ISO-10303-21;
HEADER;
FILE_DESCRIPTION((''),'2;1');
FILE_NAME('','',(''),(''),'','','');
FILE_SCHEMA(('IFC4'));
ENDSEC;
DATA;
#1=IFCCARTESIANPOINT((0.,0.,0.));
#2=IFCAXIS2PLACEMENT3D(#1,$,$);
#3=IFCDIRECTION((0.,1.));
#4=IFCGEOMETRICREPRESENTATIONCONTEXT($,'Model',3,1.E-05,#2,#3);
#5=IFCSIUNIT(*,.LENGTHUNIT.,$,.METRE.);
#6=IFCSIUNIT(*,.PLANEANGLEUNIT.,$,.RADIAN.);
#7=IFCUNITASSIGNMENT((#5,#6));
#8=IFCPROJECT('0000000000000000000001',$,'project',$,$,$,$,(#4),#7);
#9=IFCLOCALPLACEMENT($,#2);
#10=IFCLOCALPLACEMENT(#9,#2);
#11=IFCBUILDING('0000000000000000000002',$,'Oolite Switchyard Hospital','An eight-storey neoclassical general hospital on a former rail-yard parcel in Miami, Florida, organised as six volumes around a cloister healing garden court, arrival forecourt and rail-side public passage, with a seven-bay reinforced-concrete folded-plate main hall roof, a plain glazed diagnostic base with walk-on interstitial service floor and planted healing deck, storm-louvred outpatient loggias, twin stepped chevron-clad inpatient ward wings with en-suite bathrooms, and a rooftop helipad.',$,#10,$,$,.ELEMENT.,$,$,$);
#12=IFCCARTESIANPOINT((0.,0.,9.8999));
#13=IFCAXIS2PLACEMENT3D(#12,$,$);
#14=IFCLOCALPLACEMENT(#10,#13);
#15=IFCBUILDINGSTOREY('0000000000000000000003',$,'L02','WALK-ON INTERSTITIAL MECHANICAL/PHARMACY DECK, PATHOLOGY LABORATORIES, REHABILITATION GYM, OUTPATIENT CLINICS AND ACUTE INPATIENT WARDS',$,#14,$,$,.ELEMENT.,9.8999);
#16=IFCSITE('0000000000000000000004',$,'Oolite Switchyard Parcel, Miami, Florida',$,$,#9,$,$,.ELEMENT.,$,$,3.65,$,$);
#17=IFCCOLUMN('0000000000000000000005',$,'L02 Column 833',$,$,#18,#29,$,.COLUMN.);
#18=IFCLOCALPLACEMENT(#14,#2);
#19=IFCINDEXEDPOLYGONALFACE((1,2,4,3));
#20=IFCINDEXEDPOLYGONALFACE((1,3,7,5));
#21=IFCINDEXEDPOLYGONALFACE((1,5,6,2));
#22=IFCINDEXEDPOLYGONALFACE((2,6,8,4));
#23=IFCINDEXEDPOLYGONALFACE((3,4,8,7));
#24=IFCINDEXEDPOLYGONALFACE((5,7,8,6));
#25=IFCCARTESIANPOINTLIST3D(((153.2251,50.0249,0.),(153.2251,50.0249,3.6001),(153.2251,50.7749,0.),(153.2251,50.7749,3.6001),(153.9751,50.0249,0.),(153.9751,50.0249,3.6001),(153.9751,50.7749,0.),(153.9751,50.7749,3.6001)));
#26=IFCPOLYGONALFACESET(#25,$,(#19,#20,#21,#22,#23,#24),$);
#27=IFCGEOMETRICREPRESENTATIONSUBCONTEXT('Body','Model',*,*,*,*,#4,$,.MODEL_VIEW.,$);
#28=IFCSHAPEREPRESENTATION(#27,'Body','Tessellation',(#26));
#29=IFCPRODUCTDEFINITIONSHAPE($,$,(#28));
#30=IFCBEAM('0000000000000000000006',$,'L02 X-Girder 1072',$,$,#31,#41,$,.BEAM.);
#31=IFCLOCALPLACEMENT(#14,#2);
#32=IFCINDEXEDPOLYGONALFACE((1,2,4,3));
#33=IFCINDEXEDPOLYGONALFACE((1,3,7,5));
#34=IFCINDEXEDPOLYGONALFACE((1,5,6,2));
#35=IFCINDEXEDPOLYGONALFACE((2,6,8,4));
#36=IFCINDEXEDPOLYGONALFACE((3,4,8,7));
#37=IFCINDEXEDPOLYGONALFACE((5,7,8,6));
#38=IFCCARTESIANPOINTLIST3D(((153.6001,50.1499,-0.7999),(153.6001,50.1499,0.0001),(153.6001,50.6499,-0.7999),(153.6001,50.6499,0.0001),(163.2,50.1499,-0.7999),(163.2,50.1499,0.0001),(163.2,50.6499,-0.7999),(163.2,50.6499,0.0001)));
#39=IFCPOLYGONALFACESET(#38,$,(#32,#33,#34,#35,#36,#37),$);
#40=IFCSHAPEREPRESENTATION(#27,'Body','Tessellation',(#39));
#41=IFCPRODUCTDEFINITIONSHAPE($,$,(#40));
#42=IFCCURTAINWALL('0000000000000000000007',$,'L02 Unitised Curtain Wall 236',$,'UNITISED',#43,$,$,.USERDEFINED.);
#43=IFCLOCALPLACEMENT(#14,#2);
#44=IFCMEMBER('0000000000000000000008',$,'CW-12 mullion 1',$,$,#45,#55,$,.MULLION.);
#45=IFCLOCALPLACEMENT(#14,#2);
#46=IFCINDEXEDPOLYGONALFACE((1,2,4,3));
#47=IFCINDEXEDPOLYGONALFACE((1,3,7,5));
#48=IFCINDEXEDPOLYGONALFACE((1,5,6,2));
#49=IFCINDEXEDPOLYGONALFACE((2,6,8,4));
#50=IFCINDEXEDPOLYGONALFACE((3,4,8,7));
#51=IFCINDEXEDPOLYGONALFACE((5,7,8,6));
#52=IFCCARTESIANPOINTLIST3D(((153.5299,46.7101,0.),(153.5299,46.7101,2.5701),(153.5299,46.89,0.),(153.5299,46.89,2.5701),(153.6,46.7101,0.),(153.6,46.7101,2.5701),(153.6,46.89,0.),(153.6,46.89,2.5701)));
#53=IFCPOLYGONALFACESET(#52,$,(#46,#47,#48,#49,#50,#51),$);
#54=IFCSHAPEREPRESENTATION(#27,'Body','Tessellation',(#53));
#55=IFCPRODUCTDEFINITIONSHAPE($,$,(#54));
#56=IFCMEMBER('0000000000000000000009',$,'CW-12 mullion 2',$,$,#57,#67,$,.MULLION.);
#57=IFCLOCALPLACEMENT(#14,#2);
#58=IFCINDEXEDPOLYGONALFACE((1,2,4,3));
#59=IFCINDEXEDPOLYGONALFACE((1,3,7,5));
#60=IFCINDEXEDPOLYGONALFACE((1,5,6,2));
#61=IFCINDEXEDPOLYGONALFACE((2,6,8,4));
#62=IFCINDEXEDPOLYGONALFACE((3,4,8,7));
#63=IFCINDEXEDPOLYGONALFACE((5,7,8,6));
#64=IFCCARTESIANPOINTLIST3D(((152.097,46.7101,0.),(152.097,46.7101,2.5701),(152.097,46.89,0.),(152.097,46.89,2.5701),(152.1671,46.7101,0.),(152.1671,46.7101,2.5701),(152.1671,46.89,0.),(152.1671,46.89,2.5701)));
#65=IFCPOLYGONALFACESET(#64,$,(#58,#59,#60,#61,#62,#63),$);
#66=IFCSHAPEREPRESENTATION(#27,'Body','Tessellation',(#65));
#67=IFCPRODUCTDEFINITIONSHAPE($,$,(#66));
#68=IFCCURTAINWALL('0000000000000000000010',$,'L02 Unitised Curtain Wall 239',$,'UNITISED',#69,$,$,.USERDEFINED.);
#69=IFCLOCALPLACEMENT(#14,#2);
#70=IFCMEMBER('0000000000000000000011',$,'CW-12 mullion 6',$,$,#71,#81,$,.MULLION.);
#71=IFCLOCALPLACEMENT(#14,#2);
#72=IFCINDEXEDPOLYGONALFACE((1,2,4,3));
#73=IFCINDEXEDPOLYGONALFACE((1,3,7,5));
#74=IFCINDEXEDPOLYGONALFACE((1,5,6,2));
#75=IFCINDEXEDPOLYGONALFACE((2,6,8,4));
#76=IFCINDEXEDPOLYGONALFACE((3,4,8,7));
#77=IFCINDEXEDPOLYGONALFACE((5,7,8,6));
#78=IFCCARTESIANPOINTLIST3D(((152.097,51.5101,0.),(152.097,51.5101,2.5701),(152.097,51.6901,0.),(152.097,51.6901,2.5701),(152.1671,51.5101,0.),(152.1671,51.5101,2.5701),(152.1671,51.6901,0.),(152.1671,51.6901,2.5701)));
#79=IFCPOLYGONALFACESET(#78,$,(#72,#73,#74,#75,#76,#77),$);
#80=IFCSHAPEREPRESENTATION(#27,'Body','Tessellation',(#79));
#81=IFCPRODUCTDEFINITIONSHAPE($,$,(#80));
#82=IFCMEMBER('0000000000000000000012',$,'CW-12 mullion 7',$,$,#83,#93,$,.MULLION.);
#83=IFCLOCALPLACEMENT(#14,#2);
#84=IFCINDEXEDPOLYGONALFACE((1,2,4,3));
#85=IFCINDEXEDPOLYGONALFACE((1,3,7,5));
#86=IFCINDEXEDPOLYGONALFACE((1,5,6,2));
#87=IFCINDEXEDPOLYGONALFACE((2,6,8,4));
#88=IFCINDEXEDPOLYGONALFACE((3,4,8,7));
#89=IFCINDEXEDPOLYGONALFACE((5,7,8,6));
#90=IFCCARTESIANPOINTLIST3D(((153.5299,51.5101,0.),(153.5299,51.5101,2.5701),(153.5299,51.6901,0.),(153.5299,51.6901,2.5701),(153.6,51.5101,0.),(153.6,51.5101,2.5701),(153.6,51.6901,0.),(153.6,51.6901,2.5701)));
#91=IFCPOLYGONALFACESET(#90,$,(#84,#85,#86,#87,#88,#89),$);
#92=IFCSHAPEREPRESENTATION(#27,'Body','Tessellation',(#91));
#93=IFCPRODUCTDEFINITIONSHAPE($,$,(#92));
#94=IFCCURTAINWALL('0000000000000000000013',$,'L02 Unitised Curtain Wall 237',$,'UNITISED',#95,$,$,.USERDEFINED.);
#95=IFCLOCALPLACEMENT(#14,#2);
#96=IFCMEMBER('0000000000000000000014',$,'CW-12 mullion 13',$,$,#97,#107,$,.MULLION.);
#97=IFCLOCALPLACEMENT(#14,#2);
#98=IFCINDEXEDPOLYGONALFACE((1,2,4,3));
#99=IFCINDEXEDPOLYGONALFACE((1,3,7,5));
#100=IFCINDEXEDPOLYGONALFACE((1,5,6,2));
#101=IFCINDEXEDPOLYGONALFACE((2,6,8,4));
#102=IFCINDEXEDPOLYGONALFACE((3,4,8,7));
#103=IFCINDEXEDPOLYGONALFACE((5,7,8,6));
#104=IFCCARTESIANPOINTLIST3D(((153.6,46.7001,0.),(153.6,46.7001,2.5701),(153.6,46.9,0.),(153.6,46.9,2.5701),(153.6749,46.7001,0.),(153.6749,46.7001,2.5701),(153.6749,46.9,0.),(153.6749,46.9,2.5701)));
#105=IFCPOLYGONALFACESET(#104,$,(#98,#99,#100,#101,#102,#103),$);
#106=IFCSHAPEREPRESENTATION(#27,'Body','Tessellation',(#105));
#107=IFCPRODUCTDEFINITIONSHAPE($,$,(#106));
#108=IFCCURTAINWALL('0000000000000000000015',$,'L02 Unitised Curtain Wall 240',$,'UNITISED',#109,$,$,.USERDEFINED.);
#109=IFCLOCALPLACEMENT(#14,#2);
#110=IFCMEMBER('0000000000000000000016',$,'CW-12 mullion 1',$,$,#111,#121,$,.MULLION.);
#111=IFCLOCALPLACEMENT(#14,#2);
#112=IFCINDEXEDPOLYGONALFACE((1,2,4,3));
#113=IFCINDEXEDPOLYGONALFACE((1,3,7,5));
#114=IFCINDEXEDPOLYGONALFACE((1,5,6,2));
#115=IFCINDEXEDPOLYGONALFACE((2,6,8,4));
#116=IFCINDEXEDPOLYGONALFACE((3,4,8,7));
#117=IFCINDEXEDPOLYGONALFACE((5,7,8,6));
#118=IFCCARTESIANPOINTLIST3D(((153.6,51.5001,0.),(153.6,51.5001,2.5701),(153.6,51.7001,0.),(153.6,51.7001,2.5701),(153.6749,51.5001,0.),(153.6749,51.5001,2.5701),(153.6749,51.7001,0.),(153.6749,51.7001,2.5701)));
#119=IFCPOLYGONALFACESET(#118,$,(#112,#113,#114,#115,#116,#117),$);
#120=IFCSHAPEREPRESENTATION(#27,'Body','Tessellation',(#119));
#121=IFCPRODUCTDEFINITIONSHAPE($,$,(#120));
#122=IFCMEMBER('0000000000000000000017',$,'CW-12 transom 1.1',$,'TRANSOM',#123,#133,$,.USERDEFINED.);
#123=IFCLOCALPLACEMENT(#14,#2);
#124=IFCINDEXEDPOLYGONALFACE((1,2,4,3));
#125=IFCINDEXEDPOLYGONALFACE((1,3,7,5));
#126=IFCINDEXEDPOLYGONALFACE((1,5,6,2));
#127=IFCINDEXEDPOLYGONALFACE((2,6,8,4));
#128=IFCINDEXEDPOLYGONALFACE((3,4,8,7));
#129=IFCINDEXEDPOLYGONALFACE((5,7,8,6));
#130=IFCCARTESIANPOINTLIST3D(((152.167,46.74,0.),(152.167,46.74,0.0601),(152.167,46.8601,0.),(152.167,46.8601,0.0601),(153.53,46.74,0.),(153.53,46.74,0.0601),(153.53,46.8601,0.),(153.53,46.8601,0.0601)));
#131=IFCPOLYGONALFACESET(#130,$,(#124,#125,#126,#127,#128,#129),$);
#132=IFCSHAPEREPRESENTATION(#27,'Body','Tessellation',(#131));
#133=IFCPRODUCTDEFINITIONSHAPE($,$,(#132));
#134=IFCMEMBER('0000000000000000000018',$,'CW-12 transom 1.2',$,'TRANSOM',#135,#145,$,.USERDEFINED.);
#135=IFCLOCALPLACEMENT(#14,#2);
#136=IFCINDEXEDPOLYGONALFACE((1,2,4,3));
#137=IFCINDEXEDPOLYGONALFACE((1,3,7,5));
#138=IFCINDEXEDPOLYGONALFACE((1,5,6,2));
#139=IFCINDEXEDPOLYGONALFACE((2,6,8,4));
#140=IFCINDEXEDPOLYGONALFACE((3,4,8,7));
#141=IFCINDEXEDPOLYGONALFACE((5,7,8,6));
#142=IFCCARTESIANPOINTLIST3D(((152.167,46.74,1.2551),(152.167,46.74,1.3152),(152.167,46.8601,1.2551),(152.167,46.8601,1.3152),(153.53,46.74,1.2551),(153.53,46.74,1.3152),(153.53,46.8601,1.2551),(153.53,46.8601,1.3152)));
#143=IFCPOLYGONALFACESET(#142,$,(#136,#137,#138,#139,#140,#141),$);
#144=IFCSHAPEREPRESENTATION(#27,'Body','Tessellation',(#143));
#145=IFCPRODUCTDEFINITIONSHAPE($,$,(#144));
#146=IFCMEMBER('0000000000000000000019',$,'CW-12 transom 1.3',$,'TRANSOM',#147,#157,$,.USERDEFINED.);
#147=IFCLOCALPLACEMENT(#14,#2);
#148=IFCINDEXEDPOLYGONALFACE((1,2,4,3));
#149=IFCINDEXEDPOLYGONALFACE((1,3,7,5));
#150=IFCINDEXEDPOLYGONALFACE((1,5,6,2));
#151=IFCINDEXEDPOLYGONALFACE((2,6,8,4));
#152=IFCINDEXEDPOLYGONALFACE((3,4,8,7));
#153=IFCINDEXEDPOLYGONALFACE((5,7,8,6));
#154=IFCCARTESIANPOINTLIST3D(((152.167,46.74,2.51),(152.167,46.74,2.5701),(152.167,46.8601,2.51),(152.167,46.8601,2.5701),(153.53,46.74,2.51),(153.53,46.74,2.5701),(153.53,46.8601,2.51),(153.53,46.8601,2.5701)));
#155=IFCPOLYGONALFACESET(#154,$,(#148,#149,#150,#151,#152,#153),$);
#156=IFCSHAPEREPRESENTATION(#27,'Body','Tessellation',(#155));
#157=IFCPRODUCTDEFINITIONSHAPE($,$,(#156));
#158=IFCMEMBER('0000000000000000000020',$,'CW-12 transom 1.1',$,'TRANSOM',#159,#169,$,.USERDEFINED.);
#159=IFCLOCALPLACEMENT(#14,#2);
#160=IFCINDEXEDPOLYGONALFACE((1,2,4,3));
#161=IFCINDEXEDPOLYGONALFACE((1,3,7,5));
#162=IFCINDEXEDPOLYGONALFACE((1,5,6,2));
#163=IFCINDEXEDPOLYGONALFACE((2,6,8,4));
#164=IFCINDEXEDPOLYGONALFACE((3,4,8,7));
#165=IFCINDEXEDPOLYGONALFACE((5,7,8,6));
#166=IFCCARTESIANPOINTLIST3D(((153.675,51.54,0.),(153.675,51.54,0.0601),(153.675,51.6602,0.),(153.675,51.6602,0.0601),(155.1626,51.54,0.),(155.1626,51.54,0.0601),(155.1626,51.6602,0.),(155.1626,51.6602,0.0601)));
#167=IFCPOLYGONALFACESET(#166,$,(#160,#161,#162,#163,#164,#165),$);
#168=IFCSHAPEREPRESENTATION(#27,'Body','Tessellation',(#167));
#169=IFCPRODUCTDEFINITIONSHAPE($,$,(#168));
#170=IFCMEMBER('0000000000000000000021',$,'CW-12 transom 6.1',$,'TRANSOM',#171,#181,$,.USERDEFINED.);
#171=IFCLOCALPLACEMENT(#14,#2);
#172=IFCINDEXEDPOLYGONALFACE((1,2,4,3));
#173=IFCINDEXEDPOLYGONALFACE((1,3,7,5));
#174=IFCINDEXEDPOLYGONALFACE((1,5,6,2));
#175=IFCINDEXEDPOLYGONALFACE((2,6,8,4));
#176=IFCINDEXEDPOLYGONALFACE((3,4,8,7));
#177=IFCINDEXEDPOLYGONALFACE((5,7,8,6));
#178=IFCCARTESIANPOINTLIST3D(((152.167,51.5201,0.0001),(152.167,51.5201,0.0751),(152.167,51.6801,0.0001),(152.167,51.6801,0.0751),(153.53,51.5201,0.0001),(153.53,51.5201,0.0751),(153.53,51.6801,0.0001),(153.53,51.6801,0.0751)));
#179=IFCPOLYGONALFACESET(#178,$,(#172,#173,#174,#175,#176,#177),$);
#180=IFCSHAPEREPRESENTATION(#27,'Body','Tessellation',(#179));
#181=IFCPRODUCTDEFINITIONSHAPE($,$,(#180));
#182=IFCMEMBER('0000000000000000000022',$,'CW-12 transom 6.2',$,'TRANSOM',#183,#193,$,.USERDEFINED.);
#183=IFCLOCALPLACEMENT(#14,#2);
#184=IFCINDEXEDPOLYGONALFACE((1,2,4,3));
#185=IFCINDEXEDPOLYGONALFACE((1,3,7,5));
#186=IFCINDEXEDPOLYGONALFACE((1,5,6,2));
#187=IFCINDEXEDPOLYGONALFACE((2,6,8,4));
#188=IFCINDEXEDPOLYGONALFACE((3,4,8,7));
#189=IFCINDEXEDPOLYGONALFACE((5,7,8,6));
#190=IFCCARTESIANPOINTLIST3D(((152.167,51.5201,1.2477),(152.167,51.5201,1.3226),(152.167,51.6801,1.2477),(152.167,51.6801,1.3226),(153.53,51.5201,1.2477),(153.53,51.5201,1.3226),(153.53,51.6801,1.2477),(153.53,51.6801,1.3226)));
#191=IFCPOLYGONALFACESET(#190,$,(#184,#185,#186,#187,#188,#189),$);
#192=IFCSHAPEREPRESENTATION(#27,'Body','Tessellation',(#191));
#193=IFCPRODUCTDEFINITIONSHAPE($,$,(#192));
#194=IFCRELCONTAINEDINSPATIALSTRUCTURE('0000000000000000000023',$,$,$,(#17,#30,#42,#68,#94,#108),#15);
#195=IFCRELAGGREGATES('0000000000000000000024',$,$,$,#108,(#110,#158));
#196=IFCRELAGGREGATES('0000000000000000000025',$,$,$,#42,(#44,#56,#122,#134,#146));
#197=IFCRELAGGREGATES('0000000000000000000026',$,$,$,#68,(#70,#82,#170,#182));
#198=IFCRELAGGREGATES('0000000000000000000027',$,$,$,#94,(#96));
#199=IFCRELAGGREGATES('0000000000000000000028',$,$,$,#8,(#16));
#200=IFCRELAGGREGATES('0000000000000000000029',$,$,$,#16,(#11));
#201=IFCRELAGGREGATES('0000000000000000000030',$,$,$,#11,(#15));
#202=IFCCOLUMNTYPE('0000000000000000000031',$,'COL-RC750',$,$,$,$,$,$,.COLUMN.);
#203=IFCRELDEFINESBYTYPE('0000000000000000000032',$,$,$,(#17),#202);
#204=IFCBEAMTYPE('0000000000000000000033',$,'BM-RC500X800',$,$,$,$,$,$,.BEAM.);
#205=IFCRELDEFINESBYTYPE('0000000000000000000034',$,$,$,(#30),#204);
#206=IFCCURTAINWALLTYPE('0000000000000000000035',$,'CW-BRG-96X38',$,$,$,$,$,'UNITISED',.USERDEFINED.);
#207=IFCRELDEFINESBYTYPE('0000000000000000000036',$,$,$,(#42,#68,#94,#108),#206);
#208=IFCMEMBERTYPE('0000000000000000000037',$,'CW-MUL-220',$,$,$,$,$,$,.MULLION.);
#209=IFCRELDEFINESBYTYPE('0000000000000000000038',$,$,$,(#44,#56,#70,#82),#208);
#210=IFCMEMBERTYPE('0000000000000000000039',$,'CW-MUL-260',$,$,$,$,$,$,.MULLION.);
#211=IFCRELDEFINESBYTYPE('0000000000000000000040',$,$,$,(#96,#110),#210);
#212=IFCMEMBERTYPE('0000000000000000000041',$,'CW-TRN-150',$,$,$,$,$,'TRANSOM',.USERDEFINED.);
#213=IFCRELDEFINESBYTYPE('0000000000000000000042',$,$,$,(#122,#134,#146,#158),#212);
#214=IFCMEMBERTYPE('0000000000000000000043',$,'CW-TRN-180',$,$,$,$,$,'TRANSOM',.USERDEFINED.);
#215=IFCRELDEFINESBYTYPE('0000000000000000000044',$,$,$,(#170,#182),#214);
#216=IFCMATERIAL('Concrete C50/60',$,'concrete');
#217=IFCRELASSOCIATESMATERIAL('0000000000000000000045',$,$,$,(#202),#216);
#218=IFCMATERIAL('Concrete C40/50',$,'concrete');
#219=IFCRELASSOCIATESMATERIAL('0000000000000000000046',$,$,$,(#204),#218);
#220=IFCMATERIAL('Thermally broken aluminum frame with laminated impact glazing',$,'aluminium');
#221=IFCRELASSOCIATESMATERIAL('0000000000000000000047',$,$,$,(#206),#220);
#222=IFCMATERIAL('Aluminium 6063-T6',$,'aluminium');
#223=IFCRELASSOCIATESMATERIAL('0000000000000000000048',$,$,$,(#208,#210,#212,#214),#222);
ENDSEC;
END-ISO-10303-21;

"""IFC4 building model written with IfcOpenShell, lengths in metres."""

from ifc_helpers import new_model, si_unit, direction, frame, origin, origin_2d, place, context, subcontext, project, spatial, rectangle, extrude, material, material_profile, profile_set, type_object, element, aggregate, save


model = new_model("IFC4")

# Units and contexts
model_context = context("Model", 3, precision=1e-05, world=origin(), true_north=direction((0.0, 1.0)))
body_context = subcontext(model_context, "Body", "Model", "MODEL_VIEW")
ifc_project = project(units=[si_unit("LENGTHUNIT", "METRE"), si_unit("PLANEANGLEUNIT", "RADIAN")], contexts=[model_context])

# Site, building, storey
site_placement = place(None, origin())
site = spatial("IfcSite", under=ifc_project, at=site_placement, Name="Oolite Switchyard Parcel, Miami, Florida", CompositionType="ELEMENT", RefElevation=3.65)
building_placement = place(site_placement, origin())
building = spatial("IfcBuilding", under=site, at=building_placement, Name="Oolite Switchyard Hospital", Description="An eight-storey neoclassical general hospital on a former rail-yard parcel in Miami, Florida, organised as six volumes around a cloister healing garden court, arrival forecourt and rail-side public passage, with a seven-bay reinforced-concrete folded-plate main hall roof, a plain glazed diagnostic base with walk-on interstitial service floor and planted healing deck, storm-louvred outpatient loggias, twin stepped chevron-clad inpatient ward wings with en-suite bathrooms, and a rooftop helipad.", CompositionType="ELEMENT")
storey_placement = place(building_placement, frame((0.0, 0.0, 9.8999)))
storey = spatial("IfcBuildingStorey", under=building, at=storey_placement, Name="L02", Description="WALK-ON INTERSTITIAL MECHANICAL/PHARMACY DECK, PATHOLOGY LABORATORIES, REHABILITATION GYM, OUTPATIENT CLINICS AND ACUTE INPATIENT WARDS", CompositionType="ELEMENT", Elevation=9.8999)

# Column
ifc_material_1 = material(Name="Concrete C50/60", Category="concrete")
ifc_material_profile_1 = material_profile(ifc_material_1, rectangle(XDim=0.75, YDim=0.75, at=origin_2d()), Name="RC750X750")
ifc_profile_set_1 = profile_set([ifc_material_profile_1], Name="Concrete C50/60")
column_type = type_object("IfcColumnType", Name="COL-RC750", PredefinedType="COLUMN", material=ifc_profile_set_1)
column_placement = place(storey_placement, frame((153.6001, 50.3999, 0.0), z_axis=(0.0, 0.0, 1.0), x_axis=(1.0, 0.0, 0.0)))
element("IfcColumn", 1, at=column_placement, inside=storey, type_object=column_type, Name="L02 Column 833", PredefinedType="COLUMN", context=body_context, shape_type="SweptSolid", body=[
    extrude(rectangle(XDim=0.75, YDim=0.75, at=origin_2d()), origin(), (0.0, 0.0, 1.0), 3.6001),
])

# Beam
ifc_material_2 = material(Name="Concrete C40/50", Category="concrete")
ifc_material_profile_2 = material_profile(ifc_material_2, rectangle(XDim=0.5, YDim=0.8, at=origin_2d()), Name="RCB500X800")
ifc_profile_set_2 = profile_set([ifc_material_profile_2], Name="Concrete C40/50")
beam_type = type_object("IfcBeamType", Name="BM-RC500X800", PredefinedType="BEAM", material=ifc_profile_set_2)
beam_placement = place(storey_placement, frame((153.6001, 50.3999, -0.3999), z_axis=(1.0, 0.0, 0.0), x_axis=(0.0, 1.0, 0.0)))
element("IfcBeam", 2, at=beam_placement, inside=storey, type_object=beam_type, Name="L02 X-Girder 1072", PredefinedType="BEAM", context=body_context, shape_type="SweptSolid", body=[
    extrude(rectangle(XDim=0.5, YDim=0.8, at=origin_2d()), origin(), (0.0, 0.0, 1.0), 9.5999),
])

# Curtain walls, members
ifc_material_3 = material(Name="Thermally broken aluminum frame with laminated impact glazing", Category="aluminium")
curtain_wall_type = type_object("IfcCurtainWallType", Name="CW-BRG-96X38", ElementType="UNITISED", PredefinedType="USERDEFINED", material=ifc_material_3)
curtain_wall_1_placement = place(storey_placement, origin())
curtain_wall_1 = element("IfcCurtainWall", 3, at=curtain_wall_1_placement, inside=storey, type_object=curtain_wall_type, Name="L02 Unitised Curtain Wall 236", ObjectType="UNITISED", PredefinedType="USERDEFINED")
ifc_material_4 = material(Name="Aluminium 6063-T6", Category="aluminium")
ifc_material_profile_3 = material_profile(ifc_material_4, rectangle(XDim=0.1799, YDim=0.0701, at=origin_2d()), Name="CWM70X180")
ifc_profile_set_3 = profile_set([ifc_material_profile_3], Name="Aluminium 6063-T6")
member_type_1 = type_object("IfcMemberType", Name="CW-MUL-220", PredefinedType="MULLION", material=ifc_profile_set_3)
member_1_placement = place(storey_placement, frame((153.5649, 46.8, 0.0), z_axis=(0.0, 0.0, 1.0), x_axis=(0.0, -1.0, 0.0)))
member_1 = element("IfcMember", 4, at=member_1_placement, type_object=member_type_1, Name="CW-12 mullion 1", PredefinedType="MULLION", context=body_context, shape_type="SweptSolid", body=[
    extrude(rectangle(XDim=0.1799, YDim=0.0701, at=origin_2d()), origin(), (0.0, 0.0, 1.0), 2.5701),
])
member_2_placement = place(storey_placement, frame((152.1321, 46.8, 0.0), z_axis=(0.0, 0.0, 1.0), x_axis=(0.0, -1.0, 0.0)))
member_2 = element("IfcMember", 5, at=member_2_placement, type_object=member_type_1, Name="CW-12 mullion 2", PredefinedType="MULLION", context=body_context, shape_type="SweptSolid", body=[
    extrude(rectangle(XDim=0.1799, YDim=0.0701, at=origin_2d()), origin(), (0.0, 0.0, 1.0), 2.5701),
])
curtain_wall_2_placement = place(storey_placement, origin())
curtain_wall_2 = element("IfcCurtainWall", 6, at=curtain_wall_2_placement, inside=storey, type_object=curtain_wall_type, Name="L02 Unitised Curtain Wall 239", ObjectType="UNITISED", PredefinedType="USERDEFINED")
member_3_placement = place(storey_placement, frame((152.1321, 51.6001, 0.0), z_axis=(0.0, 0.0, 1.0), x_axis=(0.0, 1.0, 0.0)))
member_3 = element("IfcMember", 7, at=member_3_placement, type_object=member_type_1, Name="CW-12 mullion 6", PredefinedType="MULLION", context=body_context, shape_type="SweptSolid", body=[
    extrude(rectangle(XDim=0.1799, YDim=0.0701, at=origin_2d()), origin(), (0.0, 0.0, 1.0), 2.5701),
])
member_4_placement = place(storey_placement, frame((153.5649, 51.6001, 0.0), z_axis=(0.0, 0.0, 1.0), x_axis=(0.0, 1.0, 0.0)))
member_4 = element("IfcMember", 8, at=member_4_placement, type_object=member_type_1, Name="CW-12 mullion 7", PredefinedType="MULLION", context=body_context, shape_type="SweptSolid", body=[
    extrude(rectangle(XDim=0.1799, YDim=0.0701, at=origin_2d()), origin(), (0.0, 0.0, 1.0), 2.5701),
])

# Curtain walls, members
curtain_wall_3_placement = place(storey_placement, origin())
curtain_wall_3 = element("IfcCurtainWall", 9, at=curtain_wall_3_placement, inside=storey, type_object=curtain_wall_type, Name="L02 Unitised Curtain Wall 237", ObjectType="UNITISED", PredefinedType="USERDEFINED")
ifc_material_profile_4 = material_profile(ifc_material_4, rectangle(XDim=0.2, YDim=0.075, at=origin_2d()), Name="CWM75X200")
ifc_profile_set_4 = profile_set([ifc_material_profile_4], Name="Aluminium 6063-T6")
member_type_2 = type_object("IfcMemberType", Name="CW-MUL-260", PredefinedType="MULLION", material=ifc_profile_set_4)
member_5_placement = place(storey_placement, frame((153.6375, 46.8, 0.0), z_axis=(0.0, 0.0, 1.0), x_axis=(0.0, -1.0, 0.0)))
member_5 = element("IfcMember", 10, at=member_5_placement, type_object=member_type_2, Name="CW-12 mullion 13", PredefinedType="MULLION", context=body_context, shape_type="SweptSolid", body=[
    extrude(rectangle(XDim=0.2, YDim=0.075, at=origin_2d()), origin(), (0.0, 0.0, 1.0), 2.5701),
])
curtain_wall_4_placement = place(storey_placement, origin())
curtain_wall_4 = element("IfcCurtainWall", 11, at=curtain_wall_4_placement, inside=storey, type_object=curtain_wall_type, Name="L02 Unitised Curtain Wall 240", ObjectType="UNITISED", PredefinedType="USERDEFINED")
member_6_placement = place(storey_placement, frame((153.6375, 51.6001, 0.0), z_axis=(0.0, 0.0, 1.0), x_axis=(0.0, 1.0, 0.0)))
member_6 = element("IfcMember", 12, at=member_6_placement, type_object=member_type_2, Name="CW-12 mullion 1", PredefinedType="MULLION", context=body_context, shape_type="SweptSolid", body=[
    extrude(rectangle(XDim=0.2, YDim=0.075, at=origin_2d()), origin(), (0.0, 0.0, 1.0), 2.5701),
])

# Members
ifc_material_profile_5 = material_profile(ifc_material_4, rectangle(XDim=0.1201, YDim=0.0601, at=origin_2d()), Name="CWT60X120")
ifc_profile_set_5 = profile_set([ifc_material_profile_5], Name="Aluminium 6063-T6")
member_type_3 = type_object("IfcMemberType", Name="CW-TRN-150", ElementType="TRANSOM", PredefinedType="USERDEFINED", material=ifc_profile_set_5)
member_7_placement = place(storey_placement, frame((153.53, 46.8, 0.03), z_axis=(-1.0, 0.0, 0.0), x_axis=(0.0, -1.0, 0.0)))
member_7 = element("IfcMember", 13, at=member_7_placement, type_object=member_type_3, Name="CW-12 transom 1.1", ObjectType="TRANSOM", PredefinedType="USERDEFINED", context=body_context, shape_type="SweptSolid", body=[
    extrude(rectangle(XDim=0.1201, YDim=0.0601, at=origin_2d()), origin(), (0.0, 0.0, 1.0), 1.363),
])
member_8_placement = place(storey_placement, frame((153.53, 46.8, 1.2852), z_axis=(-1.0, 0.0, 0.0), x_axis=(0.0, -1.0, 0.0)))
member_8 = element("IfcMember", 14, at=member_8_placement, type_object=member_type_3, Name="CW-12 transom 1.2", ObjectType="TRANSOM", PredefinedType="USERDEFINED", context=body_context, shape_type="SweptSolid", body=[
    extrude(rectangle(XDim=0.1201, YDim=0.0601, at=origin_2d()), origin(), (0.0, 0.0, 1.0), 1.363),
])
member_9_placement = place(storey_placement, frame((153.53, 46.8, 2.54), z_axis=(-1.0, 0.0, 0.0), x_axis=(0.0, -1.0, 0.0)))
member_9 = element("IfcMember", 15, at=member_9_placement, type_object=member_type_3, Name="CW-12 transom 1.3", ObjectType="TRANSOM", PredefinedType="USERDEFINED", context=body_context, shape_type="SweptSolid", body=[
    extrude(rectangle(XDim=0.1201, YDim=0.0601, at=origin_2d()), origin(), (0.0, 0.0, 1.0), 1.363),
])
member_10_placement = place(storey_placement, frame((153.675, 51.6001, 0.03), z_axis=(1.0, 0.0, 0.0), x_axis=(0.0, 1.0, 0.0)))
member_10 = element("IfcMember", 16, at=member_10_placement, type_object=member_type_3, Name="CW-12 transom 1.1", ObjectType="TRANSOM", PredefinedType="USERDEFINED", context=body_context, shape_type="SweptSolid", body=[
    extrude(rectangle(XDim=0.1201, YDim=0.0601, at=origin_2d()), origin(), (0.0, 0.0, 1.0), 1.4875),
])
aggregate(curtain_wall_4, [member_6, member_10])
ifc_material_profile_6 = material_profile(ifc_material_4, rectangle(XDim=0.1599, YDim=0.075, at=origin_2d()), Name="CWT75X160")
ifc_profile_set_6 = profile_set([ifc_material_profile_6], Name="Aluminium 6063-T6")
member_type_4 = type_object("IfcMemberType", Name="CW-TRN-180", ElementType="TRANSOM", PredefinedType="USERDEFINED", material=ifc_profile_set_6)
member_11_placement = place(storey_placement, frame((152.167, 51.6001, 0.0376), z_axis=(1.0, 0.0, 0.0), x_axis=(0.0, 1.0, 0.0)))
member_11 = element("IfcMember", 17, at=member_11_placement, type_object=member_type_4, Name="CW-12 transom 6.1", ObjectType="TRANSOM", PredefinedType="USERDEFINED", context=body_context, shape_type="SweptSolid", body=[
    extrude(rectangle(XDim=0.1599, YDim=0.075, at=origin_2d()), origin(), (0.0, 0.0, 1.0), 1.363),
])
member_12_placement = place(storey_placement, frame((152.167, 51.6001, 1.2852), z_axis=(1.0, 0.0, 0.0), x_axis=(0.0, 1.0, 0.0)))
member_12 = element("IfcMember", 18, at=member_12_placement, type_object=member_type_4, Name="CW-12 transom 6.2", ObjectType="TRANSOM", PredefinedType="USERDEFINED", context=body_context, shape_type="SweptSolid", body=[
    extrude(rectangle(XDim=0.1599, YDim=0.075, at=origin_2d()), origin(), (0.0, 0.0, 1.0), 1.363),
])

aggregate(curtain_wall_1, [member_1, member_2, member_7, member_8, member_9])
aggregate(curtain_wall_2, [member_3, member_4, member_11, member_12])
aggregate(curtain_wall_3, [member_5])

save(model, "model.ifc")
